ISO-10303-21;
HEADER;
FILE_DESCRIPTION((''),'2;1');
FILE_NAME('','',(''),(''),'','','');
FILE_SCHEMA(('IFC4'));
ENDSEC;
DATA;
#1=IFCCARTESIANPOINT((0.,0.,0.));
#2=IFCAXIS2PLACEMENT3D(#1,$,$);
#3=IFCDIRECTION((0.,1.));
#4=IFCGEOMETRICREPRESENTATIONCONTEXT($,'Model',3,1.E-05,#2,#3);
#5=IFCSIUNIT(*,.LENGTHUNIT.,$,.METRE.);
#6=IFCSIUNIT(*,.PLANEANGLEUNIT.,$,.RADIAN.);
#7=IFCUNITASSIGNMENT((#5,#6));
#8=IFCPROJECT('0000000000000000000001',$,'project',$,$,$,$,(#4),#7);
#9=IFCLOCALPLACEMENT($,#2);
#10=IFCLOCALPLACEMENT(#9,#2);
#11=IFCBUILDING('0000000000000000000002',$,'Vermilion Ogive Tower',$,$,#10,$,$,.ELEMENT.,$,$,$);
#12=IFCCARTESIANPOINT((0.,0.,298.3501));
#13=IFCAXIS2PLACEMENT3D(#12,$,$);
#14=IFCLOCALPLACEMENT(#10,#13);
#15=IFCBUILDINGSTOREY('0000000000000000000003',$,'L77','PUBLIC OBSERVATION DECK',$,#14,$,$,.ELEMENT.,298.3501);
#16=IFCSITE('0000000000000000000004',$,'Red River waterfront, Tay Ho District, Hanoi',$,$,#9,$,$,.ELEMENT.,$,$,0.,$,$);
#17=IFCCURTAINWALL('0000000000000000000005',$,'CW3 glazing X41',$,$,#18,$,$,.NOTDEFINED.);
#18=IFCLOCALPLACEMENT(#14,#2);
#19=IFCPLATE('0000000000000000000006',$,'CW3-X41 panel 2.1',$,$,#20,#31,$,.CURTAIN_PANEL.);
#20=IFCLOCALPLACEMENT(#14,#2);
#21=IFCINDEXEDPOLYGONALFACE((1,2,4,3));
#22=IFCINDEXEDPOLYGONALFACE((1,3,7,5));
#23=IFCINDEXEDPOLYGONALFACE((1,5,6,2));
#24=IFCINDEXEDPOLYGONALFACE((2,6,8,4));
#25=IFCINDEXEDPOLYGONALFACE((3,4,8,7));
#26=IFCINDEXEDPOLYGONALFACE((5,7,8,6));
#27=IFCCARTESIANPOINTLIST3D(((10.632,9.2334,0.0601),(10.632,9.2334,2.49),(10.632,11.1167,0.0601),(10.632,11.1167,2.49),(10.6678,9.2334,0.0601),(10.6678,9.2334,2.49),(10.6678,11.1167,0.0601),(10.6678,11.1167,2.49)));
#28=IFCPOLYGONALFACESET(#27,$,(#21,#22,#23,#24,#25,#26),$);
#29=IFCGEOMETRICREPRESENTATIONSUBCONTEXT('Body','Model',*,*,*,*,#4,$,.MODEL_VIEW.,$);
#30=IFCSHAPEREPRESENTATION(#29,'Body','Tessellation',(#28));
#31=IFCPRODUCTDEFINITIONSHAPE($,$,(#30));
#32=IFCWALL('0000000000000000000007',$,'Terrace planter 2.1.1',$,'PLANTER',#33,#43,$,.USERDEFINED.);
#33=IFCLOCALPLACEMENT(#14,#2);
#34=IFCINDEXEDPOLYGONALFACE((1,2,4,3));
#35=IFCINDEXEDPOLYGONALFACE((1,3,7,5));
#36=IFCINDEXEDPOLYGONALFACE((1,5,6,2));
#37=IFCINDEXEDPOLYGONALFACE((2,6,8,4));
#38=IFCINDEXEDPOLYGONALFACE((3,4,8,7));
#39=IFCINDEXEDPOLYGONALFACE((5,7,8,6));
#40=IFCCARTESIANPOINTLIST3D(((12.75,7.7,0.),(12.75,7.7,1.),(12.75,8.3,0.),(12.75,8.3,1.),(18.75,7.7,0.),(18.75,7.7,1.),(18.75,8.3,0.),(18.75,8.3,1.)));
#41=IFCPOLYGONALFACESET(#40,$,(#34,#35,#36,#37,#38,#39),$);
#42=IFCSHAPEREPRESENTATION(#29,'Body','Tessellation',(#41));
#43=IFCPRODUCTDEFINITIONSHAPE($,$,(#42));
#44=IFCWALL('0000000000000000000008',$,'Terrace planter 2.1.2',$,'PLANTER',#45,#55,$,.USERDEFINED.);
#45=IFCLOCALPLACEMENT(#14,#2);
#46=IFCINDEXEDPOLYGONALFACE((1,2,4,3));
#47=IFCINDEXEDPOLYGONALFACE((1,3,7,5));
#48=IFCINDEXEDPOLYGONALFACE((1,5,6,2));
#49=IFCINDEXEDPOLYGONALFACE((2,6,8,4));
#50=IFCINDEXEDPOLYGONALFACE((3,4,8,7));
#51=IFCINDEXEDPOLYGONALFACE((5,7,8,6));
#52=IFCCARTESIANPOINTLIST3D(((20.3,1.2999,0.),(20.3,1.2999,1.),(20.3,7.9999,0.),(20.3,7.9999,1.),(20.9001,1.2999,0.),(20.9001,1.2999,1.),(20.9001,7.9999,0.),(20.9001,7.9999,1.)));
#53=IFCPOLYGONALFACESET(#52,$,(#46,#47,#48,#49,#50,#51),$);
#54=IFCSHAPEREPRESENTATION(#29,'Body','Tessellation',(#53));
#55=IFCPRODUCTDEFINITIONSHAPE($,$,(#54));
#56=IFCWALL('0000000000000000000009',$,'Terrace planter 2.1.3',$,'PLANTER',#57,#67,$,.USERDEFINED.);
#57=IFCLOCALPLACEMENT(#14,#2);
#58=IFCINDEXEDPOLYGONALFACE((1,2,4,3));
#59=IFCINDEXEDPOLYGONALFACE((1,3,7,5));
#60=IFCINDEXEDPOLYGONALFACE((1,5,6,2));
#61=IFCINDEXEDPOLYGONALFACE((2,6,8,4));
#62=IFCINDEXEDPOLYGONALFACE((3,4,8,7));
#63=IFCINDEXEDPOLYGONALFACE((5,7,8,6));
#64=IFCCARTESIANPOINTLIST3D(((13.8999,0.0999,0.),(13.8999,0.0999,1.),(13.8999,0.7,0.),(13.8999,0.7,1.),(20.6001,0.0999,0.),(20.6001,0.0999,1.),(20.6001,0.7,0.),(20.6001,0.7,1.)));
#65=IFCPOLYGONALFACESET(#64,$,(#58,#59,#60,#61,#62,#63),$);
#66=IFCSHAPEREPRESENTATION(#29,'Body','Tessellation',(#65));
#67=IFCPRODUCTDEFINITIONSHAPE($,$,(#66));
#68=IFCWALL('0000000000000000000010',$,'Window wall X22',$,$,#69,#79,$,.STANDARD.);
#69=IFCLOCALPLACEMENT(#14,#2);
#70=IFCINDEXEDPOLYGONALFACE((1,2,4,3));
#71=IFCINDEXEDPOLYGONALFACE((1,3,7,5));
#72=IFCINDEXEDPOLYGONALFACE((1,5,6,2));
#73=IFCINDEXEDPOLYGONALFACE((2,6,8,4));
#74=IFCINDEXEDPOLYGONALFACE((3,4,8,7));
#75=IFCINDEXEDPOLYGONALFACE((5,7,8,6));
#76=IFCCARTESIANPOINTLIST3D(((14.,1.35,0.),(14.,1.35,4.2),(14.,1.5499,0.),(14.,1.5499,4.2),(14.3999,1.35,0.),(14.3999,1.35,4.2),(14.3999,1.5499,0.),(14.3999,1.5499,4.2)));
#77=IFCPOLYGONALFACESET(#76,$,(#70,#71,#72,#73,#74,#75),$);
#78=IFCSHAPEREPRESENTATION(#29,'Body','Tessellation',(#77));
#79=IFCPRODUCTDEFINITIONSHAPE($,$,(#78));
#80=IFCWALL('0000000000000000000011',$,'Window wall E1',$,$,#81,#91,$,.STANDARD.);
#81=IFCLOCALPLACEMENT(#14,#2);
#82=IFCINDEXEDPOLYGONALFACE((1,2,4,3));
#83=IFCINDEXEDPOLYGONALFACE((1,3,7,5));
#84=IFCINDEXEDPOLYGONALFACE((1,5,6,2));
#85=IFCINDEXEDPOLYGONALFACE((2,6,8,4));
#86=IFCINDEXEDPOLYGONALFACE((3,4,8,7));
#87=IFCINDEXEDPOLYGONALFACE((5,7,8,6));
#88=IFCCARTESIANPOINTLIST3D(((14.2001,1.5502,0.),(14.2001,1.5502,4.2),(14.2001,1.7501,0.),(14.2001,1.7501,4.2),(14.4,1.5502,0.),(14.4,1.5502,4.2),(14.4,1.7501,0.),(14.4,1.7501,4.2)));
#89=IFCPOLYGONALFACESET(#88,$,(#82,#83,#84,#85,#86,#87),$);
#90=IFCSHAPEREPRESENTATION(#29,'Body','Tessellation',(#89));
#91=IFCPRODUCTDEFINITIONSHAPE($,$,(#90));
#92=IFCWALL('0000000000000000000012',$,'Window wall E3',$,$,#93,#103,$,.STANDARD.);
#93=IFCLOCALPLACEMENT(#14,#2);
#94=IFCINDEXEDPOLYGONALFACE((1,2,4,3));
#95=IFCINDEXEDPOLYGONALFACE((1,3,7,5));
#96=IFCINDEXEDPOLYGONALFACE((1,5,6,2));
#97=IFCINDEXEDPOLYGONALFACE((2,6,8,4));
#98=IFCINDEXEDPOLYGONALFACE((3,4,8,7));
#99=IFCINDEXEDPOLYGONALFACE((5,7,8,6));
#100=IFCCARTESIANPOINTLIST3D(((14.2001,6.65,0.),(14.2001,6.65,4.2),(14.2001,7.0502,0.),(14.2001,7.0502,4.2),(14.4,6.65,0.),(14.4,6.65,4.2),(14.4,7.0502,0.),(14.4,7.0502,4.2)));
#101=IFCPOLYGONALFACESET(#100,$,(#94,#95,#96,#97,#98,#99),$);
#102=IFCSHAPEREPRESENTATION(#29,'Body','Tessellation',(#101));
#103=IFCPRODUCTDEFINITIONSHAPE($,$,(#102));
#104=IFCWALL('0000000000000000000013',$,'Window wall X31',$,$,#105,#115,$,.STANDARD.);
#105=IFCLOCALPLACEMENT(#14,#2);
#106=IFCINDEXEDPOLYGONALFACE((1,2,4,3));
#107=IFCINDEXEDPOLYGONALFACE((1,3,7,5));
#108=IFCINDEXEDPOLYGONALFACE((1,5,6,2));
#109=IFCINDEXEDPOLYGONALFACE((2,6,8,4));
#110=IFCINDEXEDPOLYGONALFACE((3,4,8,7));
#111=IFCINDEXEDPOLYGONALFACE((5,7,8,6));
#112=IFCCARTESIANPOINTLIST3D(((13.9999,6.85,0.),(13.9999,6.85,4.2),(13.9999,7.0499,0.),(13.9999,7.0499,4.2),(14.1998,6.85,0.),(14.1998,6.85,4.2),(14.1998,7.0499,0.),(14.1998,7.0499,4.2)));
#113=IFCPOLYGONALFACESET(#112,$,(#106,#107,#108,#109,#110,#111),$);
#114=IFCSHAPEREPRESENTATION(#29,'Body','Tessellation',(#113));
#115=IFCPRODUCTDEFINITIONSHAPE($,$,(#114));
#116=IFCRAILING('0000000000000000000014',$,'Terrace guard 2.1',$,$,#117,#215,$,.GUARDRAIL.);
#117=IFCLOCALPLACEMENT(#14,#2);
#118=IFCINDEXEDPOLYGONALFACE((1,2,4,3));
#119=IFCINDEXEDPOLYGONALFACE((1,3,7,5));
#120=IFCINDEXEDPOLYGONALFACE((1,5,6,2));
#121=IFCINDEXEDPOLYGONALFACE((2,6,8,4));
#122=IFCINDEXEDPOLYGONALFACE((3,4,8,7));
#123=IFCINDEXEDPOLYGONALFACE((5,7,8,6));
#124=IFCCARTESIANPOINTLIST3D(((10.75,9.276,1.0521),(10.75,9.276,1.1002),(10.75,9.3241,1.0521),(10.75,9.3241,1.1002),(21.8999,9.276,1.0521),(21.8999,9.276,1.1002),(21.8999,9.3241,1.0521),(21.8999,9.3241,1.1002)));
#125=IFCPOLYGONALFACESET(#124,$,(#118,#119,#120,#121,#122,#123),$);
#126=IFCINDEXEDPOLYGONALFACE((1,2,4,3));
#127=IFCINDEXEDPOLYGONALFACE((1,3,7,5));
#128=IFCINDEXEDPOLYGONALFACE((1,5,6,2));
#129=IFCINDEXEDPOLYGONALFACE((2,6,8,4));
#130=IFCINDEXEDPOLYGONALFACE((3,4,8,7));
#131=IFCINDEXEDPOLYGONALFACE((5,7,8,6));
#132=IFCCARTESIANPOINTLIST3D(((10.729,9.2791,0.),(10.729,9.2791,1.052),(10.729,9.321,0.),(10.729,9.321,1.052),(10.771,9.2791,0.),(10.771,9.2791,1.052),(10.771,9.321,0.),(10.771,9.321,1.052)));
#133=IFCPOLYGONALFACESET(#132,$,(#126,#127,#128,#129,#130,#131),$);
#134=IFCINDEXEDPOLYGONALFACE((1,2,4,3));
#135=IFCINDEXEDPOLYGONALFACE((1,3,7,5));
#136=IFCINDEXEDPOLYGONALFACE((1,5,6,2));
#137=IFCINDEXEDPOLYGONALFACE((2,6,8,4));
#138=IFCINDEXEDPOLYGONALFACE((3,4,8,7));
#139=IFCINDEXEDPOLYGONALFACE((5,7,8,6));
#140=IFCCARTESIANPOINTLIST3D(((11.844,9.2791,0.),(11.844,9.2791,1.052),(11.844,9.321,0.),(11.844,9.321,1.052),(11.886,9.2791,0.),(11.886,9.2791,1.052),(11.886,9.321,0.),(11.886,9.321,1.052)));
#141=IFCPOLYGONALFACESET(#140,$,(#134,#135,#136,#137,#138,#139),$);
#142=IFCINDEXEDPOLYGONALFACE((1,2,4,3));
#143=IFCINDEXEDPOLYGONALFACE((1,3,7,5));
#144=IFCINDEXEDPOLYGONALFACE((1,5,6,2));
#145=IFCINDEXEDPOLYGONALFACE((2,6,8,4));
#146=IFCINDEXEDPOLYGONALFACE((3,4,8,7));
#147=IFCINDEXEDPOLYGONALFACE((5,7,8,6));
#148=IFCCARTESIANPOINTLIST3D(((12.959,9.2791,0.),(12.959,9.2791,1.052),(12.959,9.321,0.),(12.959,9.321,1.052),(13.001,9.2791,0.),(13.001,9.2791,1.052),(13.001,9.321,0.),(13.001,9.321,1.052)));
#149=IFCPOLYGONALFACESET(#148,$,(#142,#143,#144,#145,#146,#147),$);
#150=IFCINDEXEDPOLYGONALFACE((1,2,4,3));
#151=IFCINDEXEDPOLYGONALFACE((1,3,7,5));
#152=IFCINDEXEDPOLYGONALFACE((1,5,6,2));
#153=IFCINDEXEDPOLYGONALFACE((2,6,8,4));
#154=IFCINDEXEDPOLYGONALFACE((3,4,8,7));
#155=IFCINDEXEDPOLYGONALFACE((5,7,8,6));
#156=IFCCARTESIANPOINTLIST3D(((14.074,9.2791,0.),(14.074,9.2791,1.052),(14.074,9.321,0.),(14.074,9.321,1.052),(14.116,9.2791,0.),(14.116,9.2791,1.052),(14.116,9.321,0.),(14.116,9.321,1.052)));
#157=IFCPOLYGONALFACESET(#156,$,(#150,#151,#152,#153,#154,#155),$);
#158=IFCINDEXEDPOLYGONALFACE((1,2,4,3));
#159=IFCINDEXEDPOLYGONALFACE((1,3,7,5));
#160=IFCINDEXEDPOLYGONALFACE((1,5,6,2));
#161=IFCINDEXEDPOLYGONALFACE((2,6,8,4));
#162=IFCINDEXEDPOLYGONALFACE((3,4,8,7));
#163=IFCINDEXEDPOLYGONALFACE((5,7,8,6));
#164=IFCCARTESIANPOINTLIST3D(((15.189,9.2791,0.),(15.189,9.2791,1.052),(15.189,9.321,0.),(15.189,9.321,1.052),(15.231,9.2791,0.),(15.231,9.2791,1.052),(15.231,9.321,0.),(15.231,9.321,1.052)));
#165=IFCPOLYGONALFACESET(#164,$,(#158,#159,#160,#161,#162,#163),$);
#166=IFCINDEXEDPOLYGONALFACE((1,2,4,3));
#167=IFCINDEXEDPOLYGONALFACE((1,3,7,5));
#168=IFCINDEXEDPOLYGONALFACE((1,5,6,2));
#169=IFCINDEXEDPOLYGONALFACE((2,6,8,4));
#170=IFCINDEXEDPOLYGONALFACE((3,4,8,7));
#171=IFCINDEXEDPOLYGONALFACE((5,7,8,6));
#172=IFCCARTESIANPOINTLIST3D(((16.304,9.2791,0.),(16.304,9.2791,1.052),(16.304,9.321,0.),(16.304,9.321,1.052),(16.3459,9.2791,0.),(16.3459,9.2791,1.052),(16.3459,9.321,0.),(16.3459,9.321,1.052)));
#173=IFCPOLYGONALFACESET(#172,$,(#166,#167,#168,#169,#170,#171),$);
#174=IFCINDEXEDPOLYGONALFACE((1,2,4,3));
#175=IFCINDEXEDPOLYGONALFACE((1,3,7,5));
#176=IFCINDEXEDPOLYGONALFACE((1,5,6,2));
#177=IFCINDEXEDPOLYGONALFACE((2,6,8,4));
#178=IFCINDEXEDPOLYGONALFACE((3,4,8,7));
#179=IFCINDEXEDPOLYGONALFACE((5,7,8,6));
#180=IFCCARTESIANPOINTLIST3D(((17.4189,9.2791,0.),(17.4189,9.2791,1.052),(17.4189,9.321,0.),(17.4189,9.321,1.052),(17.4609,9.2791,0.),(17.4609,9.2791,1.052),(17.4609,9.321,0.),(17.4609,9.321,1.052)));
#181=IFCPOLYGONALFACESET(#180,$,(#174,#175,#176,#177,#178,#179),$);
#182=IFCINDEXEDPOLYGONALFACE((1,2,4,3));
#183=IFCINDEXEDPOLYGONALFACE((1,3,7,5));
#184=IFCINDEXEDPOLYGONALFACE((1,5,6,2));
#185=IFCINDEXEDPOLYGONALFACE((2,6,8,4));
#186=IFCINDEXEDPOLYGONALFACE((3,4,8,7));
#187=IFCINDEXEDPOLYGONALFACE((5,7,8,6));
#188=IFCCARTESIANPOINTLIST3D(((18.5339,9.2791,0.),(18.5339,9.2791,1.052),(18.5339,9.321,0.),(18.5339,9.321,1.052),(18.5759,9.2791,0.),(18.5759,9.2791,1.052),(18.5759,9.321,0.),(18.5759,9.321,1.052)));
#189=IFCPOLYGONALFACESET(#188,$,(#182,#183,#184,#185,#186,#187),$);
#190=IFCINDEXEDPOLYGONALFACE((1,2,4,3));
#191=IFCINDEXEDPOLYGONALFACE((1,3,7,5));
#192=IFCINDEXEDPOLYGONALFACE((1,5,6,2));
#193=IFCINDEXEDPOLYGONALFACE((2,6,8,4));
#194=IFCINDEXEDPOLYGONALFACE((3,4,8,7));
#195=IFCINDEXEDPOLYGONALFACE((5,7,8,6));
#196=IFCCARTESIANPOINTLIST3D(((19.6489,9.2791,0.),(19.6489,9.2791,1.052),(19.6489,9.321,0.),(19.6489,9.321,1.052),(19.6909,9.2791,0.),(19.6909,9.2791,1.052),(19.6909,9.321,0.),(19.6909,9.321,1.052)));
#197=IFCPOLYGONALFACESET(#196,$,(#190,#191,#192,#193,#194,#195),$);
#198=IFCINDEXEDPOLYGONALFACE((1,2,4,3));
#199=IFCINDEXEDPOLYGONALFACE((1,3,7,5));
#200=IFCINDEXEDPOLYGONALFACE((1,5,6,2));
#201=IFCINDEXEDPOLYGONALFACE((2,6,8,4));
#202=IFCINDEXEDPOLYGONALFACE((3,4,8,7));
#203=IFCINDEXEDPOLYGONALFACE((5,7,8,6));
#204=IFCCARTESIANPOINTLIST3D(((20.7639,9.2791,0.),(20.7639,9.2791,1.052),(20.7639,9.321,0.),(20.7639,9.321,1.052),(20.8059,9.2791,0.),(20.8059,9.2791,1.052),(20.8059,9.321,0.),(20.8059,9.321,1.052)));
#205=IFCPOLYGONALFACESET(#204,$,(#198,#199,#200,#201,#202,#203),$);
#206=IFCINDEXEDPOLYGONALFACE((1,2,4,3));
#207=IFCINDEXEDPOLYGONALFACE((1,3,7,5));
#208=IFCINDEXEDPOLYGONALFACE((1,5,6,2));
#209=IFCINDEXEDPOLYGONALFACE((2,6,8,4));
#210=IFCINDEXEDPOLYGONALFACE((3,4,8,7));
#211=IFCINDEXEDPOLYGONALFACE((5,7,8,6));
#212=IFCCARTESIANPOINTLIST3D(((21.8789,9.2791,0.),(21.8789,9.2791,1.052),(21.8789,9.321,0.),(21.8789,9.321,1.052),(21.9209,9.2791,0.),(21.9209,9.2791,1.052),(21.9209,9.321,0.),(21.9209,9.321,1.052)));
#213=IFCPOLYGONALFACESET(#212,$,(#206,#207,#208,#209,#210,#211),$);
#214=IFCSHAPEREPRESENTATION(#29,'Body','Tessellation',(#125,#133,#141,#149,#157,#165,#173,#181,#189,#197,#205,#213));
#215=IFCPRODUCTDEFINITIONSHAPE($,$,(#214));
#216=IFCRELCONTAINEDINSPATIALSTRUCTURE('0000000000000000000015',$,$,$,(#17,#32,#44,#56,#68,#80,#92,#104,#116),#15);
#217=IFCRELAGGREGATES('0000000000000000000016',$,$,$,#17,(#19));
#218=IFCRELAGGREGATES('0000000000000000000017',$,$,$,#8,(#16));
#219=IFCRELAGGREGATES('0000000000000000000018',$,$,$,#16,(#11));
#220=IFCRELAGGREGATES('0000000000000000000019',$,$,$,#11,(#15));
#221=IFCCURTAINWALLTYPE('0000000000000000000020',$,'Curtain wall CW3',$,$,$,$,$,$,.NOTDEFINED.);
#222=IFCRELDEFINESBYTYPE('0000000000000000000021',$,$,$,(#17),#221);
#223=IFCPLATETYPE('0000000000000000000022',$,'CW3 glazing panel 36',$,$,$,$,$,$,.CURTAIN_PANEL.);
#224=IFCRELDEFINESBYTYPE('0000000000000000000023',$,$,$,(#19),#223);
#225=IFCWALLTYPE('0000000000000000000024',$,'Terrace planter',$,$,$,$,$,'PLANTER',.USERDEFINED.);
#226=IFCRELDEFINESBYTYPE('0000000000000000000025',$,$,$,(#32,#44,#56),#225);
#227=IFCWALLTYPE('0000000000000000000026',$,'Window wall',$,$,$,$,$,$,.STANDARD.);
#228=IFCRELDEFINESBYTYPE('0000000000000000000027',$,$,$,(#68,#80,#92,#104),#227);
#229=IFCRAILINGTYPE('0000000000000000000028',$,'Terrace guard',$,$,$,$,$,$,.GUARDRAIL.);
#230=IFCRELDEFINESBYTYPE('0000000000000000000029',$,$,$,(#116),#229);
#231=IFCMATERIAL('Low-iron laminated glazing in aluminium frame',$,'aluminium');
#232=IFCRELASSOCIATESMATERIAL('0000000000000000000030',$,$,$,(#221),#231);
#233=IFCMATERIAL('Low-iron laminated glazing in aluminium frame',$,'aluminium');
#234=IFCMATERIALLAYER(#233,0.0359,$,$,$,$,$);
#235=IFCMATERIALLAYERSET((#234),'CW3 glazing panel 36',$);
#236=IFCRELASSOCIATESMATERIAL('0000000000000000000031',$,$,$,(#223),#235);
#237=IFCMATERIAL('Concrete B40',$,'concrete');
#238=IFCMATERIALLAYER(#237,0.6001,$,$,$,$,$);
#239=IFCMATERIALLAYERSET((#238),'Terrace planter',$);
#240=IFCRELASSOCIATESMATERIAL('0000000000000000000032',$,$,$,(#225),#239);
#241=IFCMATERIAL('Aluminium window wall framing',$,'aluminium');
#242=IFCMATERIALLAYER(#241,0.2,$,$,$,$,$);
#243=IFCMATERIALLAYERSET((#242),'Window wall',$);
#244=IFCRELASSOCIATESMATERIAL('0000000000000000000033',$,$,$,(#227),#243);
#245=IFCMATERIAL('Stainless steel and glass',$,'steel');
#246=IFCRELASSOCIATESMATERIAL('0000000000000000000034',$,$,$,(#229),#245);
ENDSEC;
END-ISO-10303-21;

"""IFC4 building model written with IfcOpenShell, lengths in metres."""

from ifc_helpers import new_model, si_unit, direction, frame, frame_2d, origin, origin_2d, place, context, subcontext, project, spatial, rectangle, extrude, material, layer, layer_set, type_object, element, aggregate, save


model = new_model("IFC4")

# Units and contexts
model_context = context("Model", 3, precision=1e-05, world=origin(), true_north=direction((0.0, 1.0)))
body_context = subcontext(model_context, "Body", "Model", "MODEL_VIEW")
ifc_project = project(units=[si_unit("LENGTHUNIT", "METRE"), si_unit("PLANEANGLEUNIT", "RADIAN")], contexts=[model_context])

# Site, building, storey
site_placement = place(None, origin())
site = spatial("IfcSite", under=ifc_project, at=site_placement, Name="Red River waterfront, Tay Ho District, Hanoi", CompositionType="ELEMENT", RefElevation=0.0)
building_placement = place(site_placement, origin())
building = spatial("IfcBuilding", under=site, at=building_placement, Name="Vermilion Ogive Tower", CompositionType="ELEMENT")
storey_placement = place(building_placement, frame((0.0, 0.0, 298.3501)))
storey = spatial("IfcBuildingStorey", under=building, at=storey_placement, Name="L77", Description="PUBLIC OBSERVATION DECK", CompositionType="ELEMENT", Elevation=298.3501)

# Curtain wall
ifc_material_1 = material(Name="Low-iron laminated glazing in aluminium frame", Category="aluminium")
curtain_wall_type = type_object("IfcCurtainWallType", Name="Curtain wall CW3", PredefinedType="NOTDEFINED", material=ifc_material_1)
curtain_wall_placement = place(storey_placement, origin())
curtain_wall = element("IfcCurtainWall", 1, at=curtain_wall_placement, inside=storey, type_object=curtain_wall_type, Name="CW3 glazing X41", PredefinedType="NOTDEFINED")

# Plate
ifc_material_2 = material(Name="Low-iron laminated glazing in aluminium frame", Category="aluminium")
ifc_layer_1 = layer(ifc_material_2, 0.0359)
ifc_layer_set_1 = layer_set([ifc_layer_1], Name="CW3 glazing panel 36")
plate_type = type_object("IfcPlateType", Name="CW3 glazing panel 36", PredefinedType="CURTAIN_PANEL", material=ifc_layer_set_1)
plate_1_placement = place(storey_placement, frame((10.6499, 10.175, 0.0601), z_axis=(0.0, 0.0, 1.0), x_axis=(0.0, 1.0, 0.0)))
plate_1 = element("IfcPlate", 2, at=plate_1_placement, type_object=plate_type, Name="CW3-X41 panel 2.1", PredefinedType="CURTAIN_PANEL", context=body_context, shape_type="SweptSolid", body=[
    extrude(rectangle(XDim=1.8833, YDim=0.0359, at=origin_2d()), origin(), (0.0, 0.0, 1.0), 2.4299),
])
aggregate(curtain_wall, [plate_1])

# Walls
ifc_material_3 = material(Name="Concrete B40", Category="concrete")
ifc_layer_2 = layer(ifc_material_3, 0.6001)
ifc_layer_set_2 = layer_set([ifc_layer_2], Name="Terrace planter")
wall_type_1 = type_object("IfcWallType", Name="Terrace planter", ElementType="PLANTER", PredefinedType="USERDEFINED", material=ifc_layer_set_2)
wall_1_placement = place(storey_placement, frame((12.75, 8.0, 0.0), z_axis=(0.0, 0.0, 1.0), x_axis=(1.0, 0.0, 0.0)))
element("IfcWall", 3, at=wall_1_placement, inside=storey, type_object=wall_type_1, Name="Terrace planter 2.1.1", ObjectType="PLANTER", PredefinedType="USERDEFINED", context=body_context, shape_type="SweptSolid", body=[
    extrude(rectangle(XDim=6.0, YDim=0.6001, at=frame_2d((3.0, 0.0))), origin(), (0.0, 0.0, 1.0), 1.0),
])
wall_2_placement = place(storey_placement, frame((20.6001, 8.0, 0.0), z_axis=(0.0, 0.0, 1.0), x_axis=(0.0, -1.0, 0.0)))
element("IfcWall", 4, at=wall_2_placement, inside=storey, type_object=wall_type_1, Name="Terrace planter 2.1.2", ObjectType="PLANTER", PredefinedType="USERDEFINED", context=body_context, shape_type="SweptSolid", body=[
    extrude(rectangle(XDim=6.7, YDim=0.6001, at=frame_2d((3.3501, 0.0))), origin(), (0.0, 0.0, 1.0), 1.0),
])
wall_3_placement = place(storey_placement, frame((20.6001, 0.3999, 0.0), z_axis=(0.0, 0.0, 1.0), x_axis=(-1.0, 0.0, 0.0)))
element("IfcWall", 5, at=wall_3_placement, inside=storey, type_object=wall_type_1, Name="Terrace planter 2.1.3", ObjectType="PLANTER", PredefinedType="USERDEFINED", context=body_context, shape_type="SweptSolid", body=[
    extrude(rectangle(XDim=6.7002, YDim=0.6001, at=frame_2d((3.3501, 0.0))), origin(), (0.0, 0.0, 1.0), 1.0),
])

# Shared definitions
ifc_material_4 = material(Name="Aluminium window wall framing", Category="aluminium")
ifc_layer_3 = layer(ifc_material_4, 0.2)
ifc_layer_set_3 = layer_set([ifc_layer_3], Name="Window wall")
wall_type_2 = type_object("IfcWallType", Name="Window wall", PredefinedType="STANDARD", material=ifc_layer_set_3)

# Walls
wall_4_placement = place(storey_placement, frame((14.0, 1.45, 0.0), z_axis=(0.0, 0.0, 1.0), x_axis=(1.0, 0.0, 0.0)))
element("IfcWall", 6, at=wall_4_placement, inside=storey, type_object=wall_type_2, Name="Window wall X22", PredefinedType="STANDARD", context=body_context, shape_type="SweptSolid", body=[
    extrude(rectangle(XDim=0.3999, YDim=0.2, at=frame_2d((0.2, 0.0))), origin(), (0.0, 0.0, 1.0), 4.2),
])
wall_5_placement = place(storey_placement, frame((14.3, 1.55, 0.0), z_axis=(0.0, 0.0, 1.0), x_axis=(0.0, 1.0, 0.0)))
element("IfcWall", 7, at=wall_5_placement, inside=storey, type_object=wall_type_2, Name="Window wall E1", PredefinedType="STANDARD", context=body_context, shape_type="SweptSolid", body=[
    extrude(rectangle(XDim=0.2, YDim=0.2, at=frame_2d((0.1001, 0.0))), origin(), (0.0, 0.0, 1.0), 4.2),
])

# Walls
wall_6_placement = place(storey_placement, frame((14.3, 6.6499, 0.0), z_axis=(0.0, 0.0, 1.0), x_axis=(0.0, 1.0, 0.0)))
element("IfcWall", 8, at=wall_6_placement, inside=storey, type_object=wall_type_2, Name="Window wall E3", PredefinedType="STANDARD", context=body_context, shape_type="SweptSolid", body=[
    extrude(rectangle(XDim=0.4001, YDim=0.2, at=frame_2d((0.2002, 0.0))), origin(), (0.0, 0.0, 1.0), 4.2),
])
wall_7_placement = place(storey_placement, frame((14.2, 6.95, 0.0), z_axis=(0.0, 0.0, 1.0), x_axis=(-1.0, 0.0, 0.0)))
element("IfcWall", 9, at=wall_7_placement, inside=storey, type_object=wall_type_2, Name="Window wall X31", PredefinedType="STANDARD", context=body_context, shape_type="SweptSolid", body=[
    extrude(rectangle(XDim=0.2, YDim=0.2, at=frame_2d((0.1001, 0.0))), origin(), (0.0, 0.0, 1.0), 4.2),
])

# Railing
ifc_material_5 = material(Name="Stainless steel and glass", Category="steel")
railing_type = type_object("IfcRailingType", Name="Terrace guard", PredefinedType="GUARDRAIL", material=ifc_material_5)
railing_1_placement = place(storey_placement, frame((10.75, 9.3, 0.0)))
element("IfcRailing", 10, at=railing_1_placement, inside=storey, type_object=railing_type, Name="Terrace guard 2.1", PredefinedType="GUARDRAIL", context=body_context, shape_type="SweptSolid", body=[
    extrude(rectangle(XDim=0.0481, YDim=0.0481, at=origin_2d()), frame((0.0, 0.0, 1.0762), z_axis=(1.0, 0.0, 0.0), x_axis=(0.0, 1.0, 0.0)), (0.0, 0.0, 1.0), 11.1499),
    extrude(rectangle(XDim=0.042, YDim=0.042, at=origin_2d()), origin(), (0.0, 0.0, 1.0), 1.052),
    extrude(rectangle(XDim=0.042, YDim=0.042, at=origin_2d()), frame((1.115, 0.0, 0.0)), (0.0, 0.0, 1.0), 1.052),
    extrude(rectangle(XDim=0.042, YDim=0.042, at=origin_2d()), frame((2.23, 0.0, 0.0)), (0.0, 0.0, 1.0), 1.052),
    extrude(rectangle(XDim=0.042, YDim=0.042, at=origin_2d()), frame((3.345, 0.0, 0.0)), (0.0, 0.0, 1.0), 1.052),
    extrude(rectangle(XDim=0.042, YDim=0.042, at=origin_2d()), frame((4.46, 0.0, 0.0)), (0.0, 0.0, 1.0), 1.052),
    extrude(rectangle(XDim=0.042, YDim=0.042, at=origin_2d()), frame((5.575, 0.0, 0.0)), (0.0, 0.0, 1.0), 1.052),
    extrude(rectangle(XDim=0.042, YDim=0.042, at=origin_2d()), frame((6.6899, 0.0, 0.0)), (0.0, 0.0, 1.0), 1.052),
    extrude(rectangle(XDim=0.042, YDim=0.042, at=origin_2d()), frame((7.8049, 0.0, 0.0)), (0.0, 0.0, 1.0), 1.052),
    extrude(rectangle(XDim=0.042, YDim=0.042, at=origin_2d()), frame((8.9199, 0.0, 0.0)), (0.0, 0.0, 1.0), 1.052),
    extrude(rectangle(XDim=0.042, YDim=0.042, at=origin_2d()), frame((10.0349, 0.0, 0.0)), (0.0, 0.0, 1.0), 1.052),
    extrude(rectangle(XDim=0.042, YDim=0.042, at=origin_2d()), frame((11.1499, 0.0, 0.0)), (0.0, 0.0, 1.0), 1.052),
])

save(model, "model.ifc")
